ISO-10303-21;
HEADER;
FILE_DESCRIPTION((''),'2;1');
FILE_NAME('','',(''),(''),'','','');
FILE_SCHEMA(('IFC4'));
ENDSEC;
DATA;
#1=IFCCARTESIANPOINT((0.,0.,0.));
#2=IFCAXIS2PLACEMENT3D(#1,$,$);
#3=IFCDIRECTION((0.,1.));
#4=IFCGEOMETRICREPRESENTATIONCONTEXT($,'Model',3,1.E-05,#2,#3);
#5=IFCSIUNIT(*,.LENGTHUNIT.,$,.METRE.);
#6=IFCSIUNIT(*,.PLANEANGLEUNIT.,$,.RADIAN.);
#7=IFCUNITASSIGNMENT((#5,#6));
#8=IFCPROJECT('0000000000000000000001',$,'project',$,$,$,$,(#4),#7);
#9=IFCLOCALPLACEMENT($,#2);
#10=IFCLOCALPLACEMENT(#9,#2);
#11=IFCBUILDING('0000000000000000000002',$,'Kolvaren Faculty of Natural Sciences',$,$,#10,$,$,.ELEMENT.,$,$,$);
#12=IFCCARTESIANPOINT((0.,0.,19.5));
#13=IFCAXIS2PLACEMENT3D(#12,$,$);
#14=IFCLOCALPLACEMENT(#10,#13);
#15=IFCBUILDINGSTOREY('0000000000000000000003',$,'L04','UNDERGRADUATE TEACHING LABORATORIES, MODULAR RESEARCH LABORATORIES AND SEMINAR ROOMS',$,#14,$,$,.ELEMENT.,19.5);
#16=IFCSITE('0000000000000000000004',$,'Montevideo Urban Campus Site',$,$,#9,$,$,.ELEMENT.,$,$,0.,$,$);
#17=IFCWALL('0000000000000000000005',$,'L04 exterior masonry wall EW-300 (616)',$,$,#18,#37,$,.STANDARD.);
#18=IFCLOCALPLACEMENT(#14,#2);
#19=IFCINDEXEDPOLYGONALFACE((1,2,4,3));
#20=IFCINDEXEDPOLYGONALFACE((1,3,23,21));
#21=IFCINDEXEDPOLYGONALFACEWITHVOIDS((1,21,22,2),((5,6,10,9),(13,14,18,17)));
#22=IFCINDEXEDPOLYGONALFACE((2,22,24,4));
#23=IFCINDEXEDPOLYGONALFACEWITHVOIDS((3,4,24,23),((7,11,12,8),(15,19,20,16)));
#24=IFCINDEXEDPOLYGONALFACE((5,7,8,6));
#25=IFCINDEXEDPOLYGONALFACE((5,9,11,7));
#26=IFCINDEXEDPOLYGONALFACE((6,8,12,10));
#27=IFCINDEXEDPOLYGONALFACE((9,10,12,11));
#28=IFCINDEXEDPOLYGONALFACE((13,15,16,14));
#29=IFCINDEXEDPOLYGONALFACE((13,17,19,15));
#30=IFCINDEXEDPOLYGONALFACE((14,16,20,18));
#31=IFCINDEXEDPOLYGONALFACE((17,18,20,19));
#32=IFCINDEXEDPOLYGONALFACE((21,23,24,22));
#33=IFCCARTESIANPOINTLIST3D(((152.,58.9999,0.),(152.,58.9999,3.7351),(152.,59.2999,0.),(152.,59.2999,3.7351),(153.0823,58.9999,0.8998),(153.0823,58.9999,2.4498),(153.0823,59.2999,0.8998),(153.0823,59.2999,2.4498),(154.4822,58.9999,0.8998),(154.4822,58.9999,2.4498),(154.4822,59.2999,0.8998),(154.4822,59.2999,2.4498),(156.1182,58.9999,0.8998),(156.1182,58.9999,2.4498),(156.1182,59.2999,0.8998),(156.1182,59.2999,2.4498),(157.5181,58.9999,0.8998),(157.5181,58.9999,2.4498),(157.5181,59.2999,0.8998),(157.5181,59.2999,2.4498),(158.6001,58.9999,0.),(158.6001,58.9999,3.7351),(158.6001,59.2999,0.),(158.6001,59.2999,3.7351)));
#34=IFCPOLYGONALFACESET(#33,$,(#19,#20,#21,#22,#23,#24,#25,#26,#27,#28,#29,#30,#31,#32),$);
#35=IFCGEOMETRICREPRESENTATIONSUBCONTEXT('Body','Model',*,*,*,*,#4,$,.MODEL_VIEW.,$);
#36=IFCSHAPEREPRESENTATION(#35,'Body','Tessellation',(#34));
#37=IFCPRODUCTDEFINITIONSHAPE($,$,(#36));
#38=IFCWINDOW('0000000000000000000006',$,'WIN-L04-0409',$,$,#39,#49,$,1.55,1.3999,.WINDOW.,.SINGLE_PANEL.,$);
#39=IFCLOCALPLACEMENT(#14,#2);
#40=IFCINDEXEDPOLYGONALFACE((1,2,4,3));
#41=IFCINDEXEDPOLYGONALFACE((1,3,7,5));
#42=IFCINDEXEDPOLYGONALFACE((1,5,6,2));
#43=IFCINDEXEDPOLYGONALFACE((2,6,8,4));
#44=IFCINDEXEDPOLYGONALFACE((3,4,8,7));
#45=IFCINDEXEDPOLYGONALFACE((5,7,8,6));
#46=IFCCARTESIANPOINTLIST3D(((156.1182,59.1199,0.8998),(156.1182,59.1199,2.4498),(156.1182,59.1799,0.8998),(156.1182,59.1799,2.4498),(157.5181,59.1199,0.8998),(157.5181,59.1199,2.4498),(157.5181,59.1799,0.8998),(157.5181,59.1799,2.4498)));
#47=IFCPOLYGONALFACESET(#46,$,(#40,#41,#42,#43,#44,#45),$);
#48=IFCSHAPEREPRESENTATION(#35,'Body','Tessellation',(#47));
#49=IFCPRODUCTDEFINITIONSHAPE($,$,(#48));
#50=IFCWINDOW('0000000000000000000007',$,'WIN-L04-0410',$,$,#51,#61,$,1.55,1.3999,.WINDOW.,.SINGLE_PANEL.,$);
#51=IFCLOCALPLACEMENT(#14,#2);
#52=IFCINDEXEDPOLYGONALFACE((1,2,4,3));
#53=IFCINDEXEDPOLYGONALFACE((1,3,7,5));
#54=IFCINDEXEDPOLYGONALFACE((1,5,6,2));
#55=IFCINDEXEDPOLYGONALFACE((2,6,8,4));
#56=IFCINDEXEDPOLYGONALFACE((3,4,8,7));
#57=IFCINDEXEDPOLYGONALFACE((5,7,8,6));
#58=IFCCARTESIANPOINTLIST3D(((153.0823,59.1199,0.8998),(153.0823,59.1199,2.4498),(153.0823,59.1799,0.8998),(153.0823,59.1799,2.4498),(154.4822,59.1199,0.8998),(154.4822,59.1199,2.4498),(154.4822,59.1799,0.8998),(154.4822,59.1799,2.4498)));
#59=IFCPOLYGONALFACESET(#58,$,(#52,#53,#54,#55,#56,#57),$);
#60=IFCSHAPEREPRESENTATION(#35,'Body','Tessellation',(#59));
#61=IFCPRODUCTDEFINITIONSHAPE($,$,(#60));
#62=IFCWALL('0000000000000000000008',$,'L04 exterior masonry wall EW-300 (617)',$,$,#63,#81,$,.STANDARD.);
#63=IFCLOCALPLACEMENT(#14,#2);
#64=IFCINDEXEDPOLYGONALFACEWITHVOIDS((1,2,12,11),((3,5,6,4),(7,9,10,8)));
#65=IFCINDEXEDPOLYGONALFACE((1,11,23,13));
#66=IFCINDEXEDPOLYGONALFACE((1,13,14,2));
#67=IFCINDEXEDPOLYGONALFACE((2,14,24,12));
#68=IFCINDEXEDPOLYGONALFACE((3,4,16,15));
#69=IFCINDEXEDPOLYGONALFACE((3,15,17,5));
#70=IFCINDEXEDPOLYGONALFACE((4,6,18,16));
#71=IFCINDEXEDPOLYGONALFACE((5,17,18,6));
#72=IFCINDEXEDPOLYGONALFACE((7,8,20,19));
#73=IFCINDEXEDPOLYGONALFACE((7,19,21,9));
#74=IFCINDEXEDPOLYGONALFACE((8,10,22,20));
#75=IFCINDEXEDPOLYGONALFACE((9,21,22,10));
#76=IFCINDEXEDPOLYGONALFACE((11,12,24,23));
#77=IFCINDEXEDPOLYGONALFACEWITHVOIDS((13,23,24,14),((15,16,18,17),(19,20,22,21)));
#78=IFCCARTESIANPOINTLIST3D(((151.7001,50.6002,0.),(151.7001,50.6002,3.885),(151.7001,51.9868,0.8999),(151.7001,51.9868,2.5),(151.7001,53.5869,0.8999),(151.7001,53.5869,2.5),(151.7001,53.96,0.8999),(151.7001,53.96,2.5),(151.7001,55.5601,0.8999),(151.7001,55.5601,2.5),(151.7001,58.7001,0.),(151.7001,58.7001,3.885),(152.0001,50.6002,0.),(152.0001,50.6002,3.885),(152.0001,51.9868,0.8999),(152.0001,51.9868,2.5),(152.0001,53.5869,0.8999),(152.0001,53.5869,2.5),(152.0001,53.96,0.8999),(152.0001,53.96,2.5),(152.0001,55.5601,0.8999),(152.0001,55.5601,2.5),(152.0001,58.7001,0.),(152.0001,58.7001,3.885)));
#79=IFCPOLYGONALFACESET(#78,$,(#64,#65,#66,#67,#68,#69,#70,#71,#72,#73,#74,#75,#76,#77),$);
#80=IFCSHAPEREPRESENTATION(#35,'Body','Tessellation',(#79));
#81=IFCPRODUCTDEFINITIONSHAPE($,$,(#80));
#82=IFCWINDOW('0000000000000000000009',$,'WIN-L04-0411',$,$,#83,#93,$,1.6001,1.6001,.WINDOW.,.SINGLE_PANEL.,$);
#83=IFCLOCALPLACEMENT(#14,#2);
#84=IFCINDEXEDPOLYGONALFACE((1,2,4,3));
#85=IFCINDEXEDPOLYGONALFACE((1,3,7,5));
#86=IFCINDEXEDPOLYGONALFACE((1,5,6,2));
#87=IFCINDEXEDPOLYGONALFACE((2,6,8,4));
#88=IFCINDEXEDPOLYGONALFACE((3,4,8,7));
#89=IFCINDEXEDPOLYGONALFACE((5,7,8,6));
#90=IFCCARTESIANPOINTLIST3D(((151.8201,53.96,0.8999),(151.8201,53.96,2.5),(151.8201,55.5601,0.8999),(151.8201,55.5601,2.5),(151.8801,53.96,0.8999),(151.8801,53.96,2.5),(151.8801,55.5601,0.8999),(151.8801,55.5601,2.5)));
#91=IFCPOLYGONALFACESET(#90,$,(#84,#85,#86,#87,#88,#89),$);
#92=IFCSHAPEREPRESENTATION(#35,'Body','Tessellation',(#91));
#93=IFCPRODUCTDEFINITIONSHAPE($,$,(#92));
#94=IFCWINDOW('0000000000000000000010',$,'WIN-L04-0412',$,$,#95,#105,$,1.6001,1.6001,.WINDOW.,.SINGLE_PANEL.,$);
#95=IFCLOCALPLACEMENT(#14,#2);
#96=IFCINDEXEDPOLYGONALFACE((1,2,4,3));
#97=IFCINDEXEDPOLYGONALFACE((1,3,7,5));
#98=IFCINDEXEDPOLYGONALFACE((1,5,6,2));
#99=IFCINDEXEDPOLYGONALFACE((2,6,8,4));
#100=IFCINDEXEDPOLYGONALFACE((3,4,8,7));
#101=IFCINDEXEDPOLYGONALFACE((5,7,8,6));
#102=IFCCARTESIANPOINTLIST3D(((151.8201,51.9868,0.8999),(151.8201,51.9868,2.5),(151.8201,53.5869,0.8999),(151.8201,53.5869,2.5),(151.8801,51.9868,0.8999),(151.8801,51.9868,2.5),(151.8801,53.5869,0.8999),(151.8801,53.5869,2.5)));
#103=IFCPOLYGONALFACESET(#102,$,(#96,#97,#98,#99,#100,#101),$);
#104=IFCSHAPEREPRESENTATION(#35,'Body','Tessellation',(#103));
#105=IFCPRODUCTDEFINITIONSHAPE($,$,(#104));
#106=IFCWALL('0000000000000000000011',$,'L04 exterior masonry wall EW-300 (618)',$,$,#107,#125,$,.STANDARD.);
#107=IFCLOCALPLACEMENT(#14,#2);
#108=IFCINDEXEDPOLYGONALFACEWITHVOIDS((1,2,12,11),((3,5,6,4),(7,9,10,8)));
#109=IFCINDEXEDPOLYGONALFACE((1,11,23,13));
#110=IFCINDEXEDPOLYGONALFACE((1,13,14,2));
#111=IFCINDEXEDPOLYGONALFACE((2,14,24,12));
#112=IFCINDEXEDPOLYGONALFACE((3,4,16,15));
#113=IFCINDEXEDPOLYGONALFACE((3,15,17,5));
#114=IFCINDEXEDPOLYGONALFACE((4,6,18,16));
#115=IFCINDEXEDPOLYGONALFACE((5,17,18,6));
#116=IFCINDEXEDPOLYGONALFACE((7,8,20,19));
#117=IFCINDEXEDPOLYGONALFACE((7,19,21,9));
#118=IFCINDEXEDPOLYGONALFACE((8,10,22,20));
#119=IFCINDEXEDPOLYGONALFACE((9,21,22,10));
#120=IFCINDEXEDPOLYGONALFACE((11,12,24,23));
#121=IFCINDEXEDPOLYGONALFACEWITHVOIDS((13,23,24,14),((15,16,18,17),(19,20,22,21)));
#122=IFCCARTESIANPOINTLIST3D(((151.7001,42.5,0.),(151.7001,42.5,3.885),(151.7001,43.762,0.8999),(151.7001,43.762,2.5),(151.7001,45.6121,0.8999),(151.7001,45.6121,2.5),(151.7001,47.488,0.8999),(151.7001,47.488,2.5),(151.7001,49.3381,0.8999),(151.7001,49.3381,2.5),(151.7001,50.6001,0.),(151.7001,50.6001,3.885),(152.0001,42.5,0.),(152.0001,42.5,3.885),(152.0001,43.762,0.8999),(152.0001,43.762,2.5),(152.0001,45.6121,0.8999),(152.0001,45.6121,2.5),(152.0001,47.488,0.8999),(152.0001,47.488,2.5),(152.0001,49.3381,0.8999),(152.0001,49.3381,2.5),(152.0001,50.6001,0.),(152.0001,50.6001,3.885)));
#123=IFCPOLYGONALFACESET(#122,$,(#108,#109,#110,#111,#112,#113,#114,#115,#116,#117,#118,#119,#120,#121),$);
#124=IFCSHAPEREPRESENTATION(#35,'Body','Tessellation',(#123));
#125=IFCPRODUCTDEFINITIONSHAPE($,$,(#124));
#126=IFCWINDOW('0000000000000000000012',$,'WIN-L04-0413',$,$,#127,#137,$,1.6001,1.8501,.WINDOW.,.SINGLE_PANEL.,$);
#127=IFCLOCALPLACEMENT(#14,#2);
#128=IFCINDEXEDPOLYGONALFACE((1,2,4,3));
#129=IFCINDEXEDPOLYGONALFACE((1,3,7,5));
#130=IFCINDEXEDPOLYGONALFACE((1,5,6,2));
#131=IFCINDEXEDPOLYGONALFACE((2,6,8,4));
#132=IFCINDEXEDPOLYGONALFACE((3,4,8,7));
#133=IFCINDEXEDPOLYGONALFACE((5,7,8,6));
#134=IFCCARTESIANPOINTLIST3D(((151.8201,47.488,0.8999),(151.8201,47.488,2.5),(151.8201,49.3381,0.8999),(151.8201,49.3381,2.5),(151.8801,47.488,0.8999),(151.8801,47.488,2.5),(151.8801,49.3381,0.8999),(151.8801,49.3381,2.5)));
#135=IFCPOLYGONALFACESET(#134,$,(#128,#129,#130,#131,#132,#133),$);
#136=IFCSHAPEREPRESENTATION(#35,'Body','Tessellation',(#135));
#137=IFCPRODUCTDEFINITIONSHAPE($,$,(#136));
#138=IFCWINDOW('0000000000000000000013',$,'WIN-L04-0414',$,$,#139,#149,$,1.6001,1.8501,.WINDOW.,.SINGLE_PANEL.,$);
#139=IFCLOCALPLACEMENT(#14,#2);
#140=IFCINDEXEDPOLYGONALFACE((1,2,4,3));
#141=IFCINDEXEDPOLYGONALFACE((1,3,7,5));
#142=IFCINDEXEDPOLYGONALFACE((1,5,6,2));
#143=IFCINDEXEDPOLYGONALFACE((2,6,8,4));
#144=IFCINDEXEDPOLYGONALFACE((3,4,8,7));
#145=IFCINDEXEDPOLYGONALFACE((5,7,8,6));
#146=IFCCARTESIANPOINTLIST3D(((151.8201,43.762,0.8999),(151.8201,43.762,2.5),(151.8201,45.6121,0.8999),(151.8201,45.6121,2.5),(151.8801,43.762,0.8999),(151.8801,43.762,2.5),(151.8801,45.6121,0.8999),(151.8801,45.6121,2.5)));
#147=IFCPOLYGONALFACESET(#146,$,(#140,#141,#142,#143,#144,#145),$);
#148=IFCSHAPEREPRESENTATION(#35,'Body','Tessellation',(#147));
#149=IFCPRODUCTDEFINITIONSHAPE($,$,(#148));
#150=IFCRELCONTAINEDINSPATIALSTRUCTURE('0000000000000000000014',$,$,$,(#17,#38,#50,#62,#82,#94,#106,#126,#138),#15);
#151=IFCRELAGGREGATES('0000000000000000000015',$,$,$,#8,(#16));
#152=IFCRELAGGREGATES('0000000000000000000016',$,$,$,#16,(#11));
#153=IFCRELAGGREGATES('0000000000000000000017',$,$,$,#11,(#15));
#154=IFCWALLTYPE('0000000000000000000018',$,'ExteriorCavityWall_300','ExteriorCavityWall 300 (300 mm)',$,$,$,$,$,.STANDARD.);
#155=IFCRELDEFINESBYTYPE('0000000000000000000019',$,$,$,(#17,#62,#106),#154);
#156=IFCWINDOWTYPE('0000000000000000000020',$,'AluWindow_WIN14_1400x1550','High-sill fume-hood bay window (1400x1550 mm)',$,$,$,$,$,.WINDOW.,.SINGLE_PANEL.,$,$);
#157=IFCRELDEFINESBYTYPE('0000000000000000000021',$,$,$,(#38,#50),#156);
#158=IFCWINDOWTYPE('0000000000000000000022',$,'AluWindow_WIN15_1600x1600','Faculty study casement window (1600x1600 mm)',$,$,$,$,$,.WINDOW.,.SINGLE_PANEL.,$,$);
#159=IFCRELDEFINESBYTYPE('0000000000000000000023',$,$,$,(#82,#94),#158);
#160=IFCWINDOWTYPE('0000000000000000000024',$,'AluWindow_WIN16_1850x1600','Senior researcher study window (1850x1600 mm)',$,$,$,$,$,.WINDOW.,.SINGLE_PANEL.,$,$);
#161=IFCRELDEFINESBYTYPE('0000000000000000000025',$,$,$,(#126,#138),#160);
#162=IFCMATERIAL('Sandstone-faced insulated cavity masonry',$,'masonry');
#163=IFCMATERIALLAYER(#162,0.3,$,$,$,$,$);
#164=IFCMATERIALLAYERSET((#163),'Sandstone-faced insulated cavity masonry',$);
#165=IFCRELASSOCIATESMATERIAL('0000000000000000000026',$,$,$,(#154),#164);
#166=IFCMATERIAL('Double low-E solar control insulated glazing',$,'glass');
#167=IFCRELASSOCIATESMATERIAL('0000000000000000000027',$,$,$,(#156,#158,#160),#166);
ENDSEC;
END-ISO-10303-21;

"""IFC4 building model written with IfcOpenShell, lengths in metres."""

from ifc_helpers import new_model, si_unit, direction, frame, frame_2d, origin, place, context, subcontext, project, spatial, rectangle, extrude, material, layer, layer_set, type_object, element, fill, save


model = new_model("IFC4")

# Units and contexts
model_context = context("Model", 3, precision=1e-05, world=origin(), true_north=direction((0.0, 1.0)))
body_context = subcontext(model_context, "Body", "Model", "MODEL_VIEW")
ifc_project = project(units=[si_unit("LENGTHUNIT", "METRE"), si_unit("PLANEANGLEUNIT", "RADIAN")], contexts=[model_context])

# Site, building, storey
site_placement = place(None, origin())
site = spatial("IfcSite", under=ifc_project, at=site_placement, Name="Montevideo Urban Campus Site", CompositionType="ELEMENT", RefElevation=0.0)
building_placement = place(site_placement, origin())
building = spatial("IfcBuilding", under=site, at=building_placement, Name="Kolvaren Faculty of Natural Sciences", CompositionType="ELEMENT")
storey_placement = place(building_placement, frame((0.0, 0.0, 19.5)))
storey = spatial("IfcBuildingStorey", under=building, at=storey_placement, Name="L04", Description="UNDERGRADUATE TEACHING LABORATORIES, MODULAR RESEARCH LABORATORIES AND SEMINAR ROOMS", CompositionType="ELEMENT", Elevation=19.5)

# Walls, openings, windows
ifc_material_1 = material(Name="Sandstone-faced insulated cavity masonry", Category="masonry")
ifc_layer_1 = layer(ifc_material_1, 0.3)
ifc_layer_set_1 = layer_set([ifc_layer_1], Name="Sandstone-faced insulated cavity masonry")
wall_type_1 = type_object("IfcWallType", Name="ExteriorCavityWall_300", Description="ExteriorCavityWall 300 (300 mm)", PredefinedType="STANDARD", material=ifc_layer_set_1)
wall_1_placement = place(storey_placement, frame((158.6001, 59.1499, 0.0), z_axis=(0.0, 0.0, 1.0), x_axis=(-1.0, 0.0, 0.0)))
wall_1 = element("IfcWall", 1, at=wall_1_placement, inside=storey, type_object=wall_type_1, Name="L04 exterior masonry wall EW-300 (616)", PredefinedType="STANDARD", context=body_context, shape_type="SweptSolid", body=[
    extrude(rectangle(XDim=6.6001, YDim=0.3, at=frame_2d((3.3, 0.0))), origin(), (0.0, 0.0, 1.0), 3.7351),
])
opening_1_placement = place(wall_1_placement, frame((1.082, 0.0, 0.8999)))
opening_1 = element("IfcOpeningElement", 2, at=opening_1_placement, cuts=wall_1, PredefinedType="OPENING", context=body_context, shape_type="SweptSolid", body=[
    extrude(rectangle(XDim=1.3999, YDim=1.55, at=frame_2d((0.7, 0.7749))), frame((0.0, 0.1599, 0.0), z_axis=(0.0, -1.0, 0.0), x_axis=(1.0, 0.0, 0.0)), (0.0, 0.0, 1.0), 0.3201),
])
opening_2_placement = place(wall_1_placement, frame((4.1179, 0.0, 0.8999)))
opening_2 = element("IfcOpeningElement", 3, at=opening_2_placement, cuts=wall_1, PredefinedType="OPENING", context=body_context, shape_type="SweptSolid", body=[
    extrude(rectangle(XDim=1.3999, YDim=1.55, at=frame_2d((0.7, 0.7749))), frame((0.0, 0.1599, 0.0), z_axis=(0.0, -1.0, 0.0), x_axis=(1.0, 0.0, 0.0)), (0.0, 0.0, 1.0), 0.3201),
])
ifc_material_2 = material(Name="Double low-E solar control insulated glazing", Category="glass")
window_type_1 = type_object("IfcWindowType", Name="AluWindow_WIN14_1400x1550", Description="High-sill fume-hood bay window (1400x1550 mm)", PartitioningType="SINGLE_PANEL", PredefinedType="WINDOW", material=ifc_material_2)
window_1_placement = place(opening_1_placement, origin())
window_1 = element("IfcWindow", 4, at=window_1_placement, inside=storey, type_object=window_type_1, Name="WIN-L04-0409", OverallHeight=1.55, OverallWidth=1.3999, PartitioningType="SINGLE_PANEL", PredefinedType="WINDOW", context=body_context, shape_type="SweptSolid", body=[
    extrude(rectangle(XDim=1.3999, YDim=1.55, at=frame_2d((0.7, 0.7749))), frame((0.0, 0.03, 0.0), z_axis=(0.0, -1.0, 0.0), x_axis=(1.0, 0.0, 0.0)), (0.0, 0.0, 1.0), 0.0601),
])
fill(opening_1, window_1)
window_2_placement = place(opening_2_placement, origin())
window_2 = element("IfcWindow", 5, at=window_2_placement, inside=storey, type_object=window_type_1, Name="WIN-L04-0410", OverallHeight=1.55, OverallWidth=1.3999, PartitioningType="SINGLE_PANEL", PredefinedType="WINDOW", context=body_context, shape_type="SweptSolid", body=[
    extrude(rectangle(XDim=1.3999, YDim=1.55, at=frame_2d((0.7, 0.7749))), frame((0.0, 0.03, 0.0), z_axis=(0.0, -1.0, 0.0), x_axis=(1.0, 0.0, 0.0)), (0.0, 0.0, 1.0), 0.0601),
])
fill(opening_2, window_2)
wall_2_placement = place(storey_placement, frame((151.8501, 58.7, 0.0), z_axis=(0.0, 0.0, 1.0), x_axis=(0.0, -1.0, 0.0)))
wall_2 = element("IfcWall", 6, at=wall_2_placement, inside=storey, type_object=wall_type_1, Name="L04 exterior masonry wall EW-300 (617)", PredefinedType="STANDARD", context=body_context, shape_type="SweptSolid", body=[
    extrude(rectangle(XDim=8.0999, YDim=0.3, at=frame_2d((4.0498, 0.0))), origin(), (0.0, 0.0, 1.0), 3.885),
])
opening_3_placement = place(wall_2_placement, frame((3.1399, 0.0, 0.8999)))
opening_3 = element("IfcOpeningElement", 7, at=opening_3_placement, cuts=wall_2, PredefinedType="OPENING", context=body_context, shape_type="SweptSolid", body=[
    extrude(rectangle(XDim=1.6001, YDim=1.6001, at=frame_2d((0.8, 0.8))), frame((0.0, 0.1599, 0.0), z_axis=(0.0, -1.0, 0.0), x_axis=(1.0, 0.0, 0.0)), (0.0, 0.0, 1.0), 0.3201),
])
opening_4_placement = place(wall_2_placement, frame((5.113, 0.0, 0.8999)))
opening_4 = element("IfcOpeningElement", 8, at=opening_4_placement, cuts=wall_2, PredefinedType="OPENING", context=body_context, shape_type="SweptSolid", body=[
    extrude(rectangle(XDim=1.6001, YDim=1.6001, at=frame_2d((0.8, 0.8))), frame((0.0, 0.1599, 0.0), z_axis=(0.0, -1.0, 0.0), x_axis=(1.0, 0.0, 0.0)), (0.0, 0.0, 1.0), 0.3201),
])
window_type_2 = type_object("IfcWindowType", Name="AluWindow_WIN15_1600x1600", Description="Faculty study casement window (1600x1600 mm)", PartitioningType="SINGLE_PANEL", PredefinedType="WINDOW", material=ifc_material_2)
window_3_placement = place(opening_3_placement, origin())
window_3 = element("IfcWindow", 9, at=window_3_placement, inside=storey, type_object=window_type_2, Name="WIN-L04-0411", OverallHeight=1.6001, OverallWidth=1.6001, PartitioningType="SINGLE_PANEL", PredefinedType="WINDOW", context=body_context, shape_type="SweptSolid", body=[
    extrude(rectangle(XDim=1.6001, YDim=1.6001, at=frame_2d((0.8, 0.8))), frame((0.0, 0.03, 0.0), z_axis=(0.0, -1.0, 0.0), x_axis=(1.0, 0.0, 0.0)), (0.0, 0.0, 1.0), 0.0601),
])
fill(opening_3, window_3)
window_4_placement = place(opening_4_placement, origin())
window_4 = element("IfcWindow", 10, at=window_4_placement, inside=storey, type_object=window_type_2, Name="WIN-L04-0412", OverallHeight=1.6001, OverallWidth=1.6001, PartitioningType="SINGLE_PANEL", PredefinedType="WINDOW", context=body_context, shape_type="SweptSolid", body=[
    extrude(rectangle(XDim=1.6001, YDim=1.6001, at=frame_2d((0.8, 0.8))), frame((0.0, 0.03, 0.0), z_axis=(0.0, -1.0, 0.0), x_axis=(1.0, 0.0, 0.0)), (0.0, 0.0, 1.0), 0.0601),
])
fill(opening_4, window_4)
wall_3_placement = place(storey_placement, frame((151.8501, 50.6001, 0.0), z_axis=(0.0, 0.0, 1.0), x_axis=(0.0, -1.0, 0.0)))
wall_3 = element("IfcWall", 11, at=wall_3_placement, inside=storey, type_object=wall_type_1, Name="L04 exterior masonry wall EW-300 (618)", PredefinedType="STANDARD", context=body_context, shape_type="SweptSolid", body=[
    extrude(rectangle(XDim=8.1001, YDim=0.3, at=frame_2d((4.05, 0.0))), origin(), (0.0, 0.0, 1.0), 3.885),
])
opening_5_placement = place(wall_3_placement, frame((1.262, 0.0, 0.8999)))
opening_5 = element("IfcOpeningElement", 12, at=opening_5_placement, cuts=wall_3, PredefinedType="OPENING", context=body_context, shape_type="SweptSolid", body=[
    extrude(rectangle(XDim=1.8501, YDim=1.6001, at=frame_2d((0.925, 0.8))), frame((0.0, 0.1599, 0.0), z_axis=(0.0, -1.0, 0.0), x_axis=(1.0, 0.0, 0.0)), (0.0, 0.0, 1.0), 0.3201),
])
opening_6_placement = place(wall_3_placement, frame((4.988, 0.0, 0.8999)))
opening_6 = element("IfcOpeningElement", 13, at=opening_6_placement, cuts=wall_3, PredefinedType="OPENING", context=body_context, shape_type="SweptSolid", body=[
    extrude(rectangle(XDim=1.8501, YDim=1.6001, at=frame_2d((0.925, 0.8))), frame((0.0, 0.1599, 0.0), z_axis=(0.0, -1.0, 0.0), x_axis=(1.0, 0.0, 0.0)), (0.0, 0.0, 1.0), 0.3201),
])
window_type_3 = type_object("IfcWindowType", Name="AluWindow_WIN16_1850x1600", Description="Senior researcher study window (1850x1600 mm)", PartitioningType="SINGLE_PANEL", PredefinedType="WINDOW", material=ifc_material_2)
window_5_placement = place(opening_5_placement, origin())
window_5 = element("IfcWindow", 14, at=window_5_placement, inside=storey, type_object=window_type_3, Name="WIN-L04-0413", OverallHeight=1.6001, OverallWidth=1.8501, PartitioningType="SINGLE_PANEL", PredefinedType="WINDOW", context=body_context, shape_type="SweptSolid", body=[
    extrude(rectangle(XDim=1.8501, YDim=1.6001, at=frame_2d((0.925, 0.8))), frame((0.0, 0.03, 0.0), z_axis=(0.0, -1.0, 0.0), x_axis=(1.0, 0.0, 0.0)), (0.0, 0.0, 1.0), 0.0601),
])
fill(opening_5, window_5)
window_6_placement = place(opening_6_placement, origin())
window_6 = element("IfcWindow", 15, at=window_6_placement, inside=storey, type_object=window_type_3, Name="WIN-L04-0414", OverallHeight=1.6001, OverallWidth=1.8501, PartitioningType="SINGLE_PANEL", PredefinedType="WINDOW", context=body_context, shape_type="SweptSolid", body=[
    extrude(rectangle(XDim=1.8501, YDim=1.6001, at=frame_2d((0.925, 0.8))), frame((0.0, 0.03, 0.0), z_axis=(0.0, -1.0, 0.0), x_axis=(1.0, 0.0, 0.0)), (0.0, 0.0, 1.0), 0.0601),
])
fill(opening_6, window_6)

save(model, "model.ifc")
